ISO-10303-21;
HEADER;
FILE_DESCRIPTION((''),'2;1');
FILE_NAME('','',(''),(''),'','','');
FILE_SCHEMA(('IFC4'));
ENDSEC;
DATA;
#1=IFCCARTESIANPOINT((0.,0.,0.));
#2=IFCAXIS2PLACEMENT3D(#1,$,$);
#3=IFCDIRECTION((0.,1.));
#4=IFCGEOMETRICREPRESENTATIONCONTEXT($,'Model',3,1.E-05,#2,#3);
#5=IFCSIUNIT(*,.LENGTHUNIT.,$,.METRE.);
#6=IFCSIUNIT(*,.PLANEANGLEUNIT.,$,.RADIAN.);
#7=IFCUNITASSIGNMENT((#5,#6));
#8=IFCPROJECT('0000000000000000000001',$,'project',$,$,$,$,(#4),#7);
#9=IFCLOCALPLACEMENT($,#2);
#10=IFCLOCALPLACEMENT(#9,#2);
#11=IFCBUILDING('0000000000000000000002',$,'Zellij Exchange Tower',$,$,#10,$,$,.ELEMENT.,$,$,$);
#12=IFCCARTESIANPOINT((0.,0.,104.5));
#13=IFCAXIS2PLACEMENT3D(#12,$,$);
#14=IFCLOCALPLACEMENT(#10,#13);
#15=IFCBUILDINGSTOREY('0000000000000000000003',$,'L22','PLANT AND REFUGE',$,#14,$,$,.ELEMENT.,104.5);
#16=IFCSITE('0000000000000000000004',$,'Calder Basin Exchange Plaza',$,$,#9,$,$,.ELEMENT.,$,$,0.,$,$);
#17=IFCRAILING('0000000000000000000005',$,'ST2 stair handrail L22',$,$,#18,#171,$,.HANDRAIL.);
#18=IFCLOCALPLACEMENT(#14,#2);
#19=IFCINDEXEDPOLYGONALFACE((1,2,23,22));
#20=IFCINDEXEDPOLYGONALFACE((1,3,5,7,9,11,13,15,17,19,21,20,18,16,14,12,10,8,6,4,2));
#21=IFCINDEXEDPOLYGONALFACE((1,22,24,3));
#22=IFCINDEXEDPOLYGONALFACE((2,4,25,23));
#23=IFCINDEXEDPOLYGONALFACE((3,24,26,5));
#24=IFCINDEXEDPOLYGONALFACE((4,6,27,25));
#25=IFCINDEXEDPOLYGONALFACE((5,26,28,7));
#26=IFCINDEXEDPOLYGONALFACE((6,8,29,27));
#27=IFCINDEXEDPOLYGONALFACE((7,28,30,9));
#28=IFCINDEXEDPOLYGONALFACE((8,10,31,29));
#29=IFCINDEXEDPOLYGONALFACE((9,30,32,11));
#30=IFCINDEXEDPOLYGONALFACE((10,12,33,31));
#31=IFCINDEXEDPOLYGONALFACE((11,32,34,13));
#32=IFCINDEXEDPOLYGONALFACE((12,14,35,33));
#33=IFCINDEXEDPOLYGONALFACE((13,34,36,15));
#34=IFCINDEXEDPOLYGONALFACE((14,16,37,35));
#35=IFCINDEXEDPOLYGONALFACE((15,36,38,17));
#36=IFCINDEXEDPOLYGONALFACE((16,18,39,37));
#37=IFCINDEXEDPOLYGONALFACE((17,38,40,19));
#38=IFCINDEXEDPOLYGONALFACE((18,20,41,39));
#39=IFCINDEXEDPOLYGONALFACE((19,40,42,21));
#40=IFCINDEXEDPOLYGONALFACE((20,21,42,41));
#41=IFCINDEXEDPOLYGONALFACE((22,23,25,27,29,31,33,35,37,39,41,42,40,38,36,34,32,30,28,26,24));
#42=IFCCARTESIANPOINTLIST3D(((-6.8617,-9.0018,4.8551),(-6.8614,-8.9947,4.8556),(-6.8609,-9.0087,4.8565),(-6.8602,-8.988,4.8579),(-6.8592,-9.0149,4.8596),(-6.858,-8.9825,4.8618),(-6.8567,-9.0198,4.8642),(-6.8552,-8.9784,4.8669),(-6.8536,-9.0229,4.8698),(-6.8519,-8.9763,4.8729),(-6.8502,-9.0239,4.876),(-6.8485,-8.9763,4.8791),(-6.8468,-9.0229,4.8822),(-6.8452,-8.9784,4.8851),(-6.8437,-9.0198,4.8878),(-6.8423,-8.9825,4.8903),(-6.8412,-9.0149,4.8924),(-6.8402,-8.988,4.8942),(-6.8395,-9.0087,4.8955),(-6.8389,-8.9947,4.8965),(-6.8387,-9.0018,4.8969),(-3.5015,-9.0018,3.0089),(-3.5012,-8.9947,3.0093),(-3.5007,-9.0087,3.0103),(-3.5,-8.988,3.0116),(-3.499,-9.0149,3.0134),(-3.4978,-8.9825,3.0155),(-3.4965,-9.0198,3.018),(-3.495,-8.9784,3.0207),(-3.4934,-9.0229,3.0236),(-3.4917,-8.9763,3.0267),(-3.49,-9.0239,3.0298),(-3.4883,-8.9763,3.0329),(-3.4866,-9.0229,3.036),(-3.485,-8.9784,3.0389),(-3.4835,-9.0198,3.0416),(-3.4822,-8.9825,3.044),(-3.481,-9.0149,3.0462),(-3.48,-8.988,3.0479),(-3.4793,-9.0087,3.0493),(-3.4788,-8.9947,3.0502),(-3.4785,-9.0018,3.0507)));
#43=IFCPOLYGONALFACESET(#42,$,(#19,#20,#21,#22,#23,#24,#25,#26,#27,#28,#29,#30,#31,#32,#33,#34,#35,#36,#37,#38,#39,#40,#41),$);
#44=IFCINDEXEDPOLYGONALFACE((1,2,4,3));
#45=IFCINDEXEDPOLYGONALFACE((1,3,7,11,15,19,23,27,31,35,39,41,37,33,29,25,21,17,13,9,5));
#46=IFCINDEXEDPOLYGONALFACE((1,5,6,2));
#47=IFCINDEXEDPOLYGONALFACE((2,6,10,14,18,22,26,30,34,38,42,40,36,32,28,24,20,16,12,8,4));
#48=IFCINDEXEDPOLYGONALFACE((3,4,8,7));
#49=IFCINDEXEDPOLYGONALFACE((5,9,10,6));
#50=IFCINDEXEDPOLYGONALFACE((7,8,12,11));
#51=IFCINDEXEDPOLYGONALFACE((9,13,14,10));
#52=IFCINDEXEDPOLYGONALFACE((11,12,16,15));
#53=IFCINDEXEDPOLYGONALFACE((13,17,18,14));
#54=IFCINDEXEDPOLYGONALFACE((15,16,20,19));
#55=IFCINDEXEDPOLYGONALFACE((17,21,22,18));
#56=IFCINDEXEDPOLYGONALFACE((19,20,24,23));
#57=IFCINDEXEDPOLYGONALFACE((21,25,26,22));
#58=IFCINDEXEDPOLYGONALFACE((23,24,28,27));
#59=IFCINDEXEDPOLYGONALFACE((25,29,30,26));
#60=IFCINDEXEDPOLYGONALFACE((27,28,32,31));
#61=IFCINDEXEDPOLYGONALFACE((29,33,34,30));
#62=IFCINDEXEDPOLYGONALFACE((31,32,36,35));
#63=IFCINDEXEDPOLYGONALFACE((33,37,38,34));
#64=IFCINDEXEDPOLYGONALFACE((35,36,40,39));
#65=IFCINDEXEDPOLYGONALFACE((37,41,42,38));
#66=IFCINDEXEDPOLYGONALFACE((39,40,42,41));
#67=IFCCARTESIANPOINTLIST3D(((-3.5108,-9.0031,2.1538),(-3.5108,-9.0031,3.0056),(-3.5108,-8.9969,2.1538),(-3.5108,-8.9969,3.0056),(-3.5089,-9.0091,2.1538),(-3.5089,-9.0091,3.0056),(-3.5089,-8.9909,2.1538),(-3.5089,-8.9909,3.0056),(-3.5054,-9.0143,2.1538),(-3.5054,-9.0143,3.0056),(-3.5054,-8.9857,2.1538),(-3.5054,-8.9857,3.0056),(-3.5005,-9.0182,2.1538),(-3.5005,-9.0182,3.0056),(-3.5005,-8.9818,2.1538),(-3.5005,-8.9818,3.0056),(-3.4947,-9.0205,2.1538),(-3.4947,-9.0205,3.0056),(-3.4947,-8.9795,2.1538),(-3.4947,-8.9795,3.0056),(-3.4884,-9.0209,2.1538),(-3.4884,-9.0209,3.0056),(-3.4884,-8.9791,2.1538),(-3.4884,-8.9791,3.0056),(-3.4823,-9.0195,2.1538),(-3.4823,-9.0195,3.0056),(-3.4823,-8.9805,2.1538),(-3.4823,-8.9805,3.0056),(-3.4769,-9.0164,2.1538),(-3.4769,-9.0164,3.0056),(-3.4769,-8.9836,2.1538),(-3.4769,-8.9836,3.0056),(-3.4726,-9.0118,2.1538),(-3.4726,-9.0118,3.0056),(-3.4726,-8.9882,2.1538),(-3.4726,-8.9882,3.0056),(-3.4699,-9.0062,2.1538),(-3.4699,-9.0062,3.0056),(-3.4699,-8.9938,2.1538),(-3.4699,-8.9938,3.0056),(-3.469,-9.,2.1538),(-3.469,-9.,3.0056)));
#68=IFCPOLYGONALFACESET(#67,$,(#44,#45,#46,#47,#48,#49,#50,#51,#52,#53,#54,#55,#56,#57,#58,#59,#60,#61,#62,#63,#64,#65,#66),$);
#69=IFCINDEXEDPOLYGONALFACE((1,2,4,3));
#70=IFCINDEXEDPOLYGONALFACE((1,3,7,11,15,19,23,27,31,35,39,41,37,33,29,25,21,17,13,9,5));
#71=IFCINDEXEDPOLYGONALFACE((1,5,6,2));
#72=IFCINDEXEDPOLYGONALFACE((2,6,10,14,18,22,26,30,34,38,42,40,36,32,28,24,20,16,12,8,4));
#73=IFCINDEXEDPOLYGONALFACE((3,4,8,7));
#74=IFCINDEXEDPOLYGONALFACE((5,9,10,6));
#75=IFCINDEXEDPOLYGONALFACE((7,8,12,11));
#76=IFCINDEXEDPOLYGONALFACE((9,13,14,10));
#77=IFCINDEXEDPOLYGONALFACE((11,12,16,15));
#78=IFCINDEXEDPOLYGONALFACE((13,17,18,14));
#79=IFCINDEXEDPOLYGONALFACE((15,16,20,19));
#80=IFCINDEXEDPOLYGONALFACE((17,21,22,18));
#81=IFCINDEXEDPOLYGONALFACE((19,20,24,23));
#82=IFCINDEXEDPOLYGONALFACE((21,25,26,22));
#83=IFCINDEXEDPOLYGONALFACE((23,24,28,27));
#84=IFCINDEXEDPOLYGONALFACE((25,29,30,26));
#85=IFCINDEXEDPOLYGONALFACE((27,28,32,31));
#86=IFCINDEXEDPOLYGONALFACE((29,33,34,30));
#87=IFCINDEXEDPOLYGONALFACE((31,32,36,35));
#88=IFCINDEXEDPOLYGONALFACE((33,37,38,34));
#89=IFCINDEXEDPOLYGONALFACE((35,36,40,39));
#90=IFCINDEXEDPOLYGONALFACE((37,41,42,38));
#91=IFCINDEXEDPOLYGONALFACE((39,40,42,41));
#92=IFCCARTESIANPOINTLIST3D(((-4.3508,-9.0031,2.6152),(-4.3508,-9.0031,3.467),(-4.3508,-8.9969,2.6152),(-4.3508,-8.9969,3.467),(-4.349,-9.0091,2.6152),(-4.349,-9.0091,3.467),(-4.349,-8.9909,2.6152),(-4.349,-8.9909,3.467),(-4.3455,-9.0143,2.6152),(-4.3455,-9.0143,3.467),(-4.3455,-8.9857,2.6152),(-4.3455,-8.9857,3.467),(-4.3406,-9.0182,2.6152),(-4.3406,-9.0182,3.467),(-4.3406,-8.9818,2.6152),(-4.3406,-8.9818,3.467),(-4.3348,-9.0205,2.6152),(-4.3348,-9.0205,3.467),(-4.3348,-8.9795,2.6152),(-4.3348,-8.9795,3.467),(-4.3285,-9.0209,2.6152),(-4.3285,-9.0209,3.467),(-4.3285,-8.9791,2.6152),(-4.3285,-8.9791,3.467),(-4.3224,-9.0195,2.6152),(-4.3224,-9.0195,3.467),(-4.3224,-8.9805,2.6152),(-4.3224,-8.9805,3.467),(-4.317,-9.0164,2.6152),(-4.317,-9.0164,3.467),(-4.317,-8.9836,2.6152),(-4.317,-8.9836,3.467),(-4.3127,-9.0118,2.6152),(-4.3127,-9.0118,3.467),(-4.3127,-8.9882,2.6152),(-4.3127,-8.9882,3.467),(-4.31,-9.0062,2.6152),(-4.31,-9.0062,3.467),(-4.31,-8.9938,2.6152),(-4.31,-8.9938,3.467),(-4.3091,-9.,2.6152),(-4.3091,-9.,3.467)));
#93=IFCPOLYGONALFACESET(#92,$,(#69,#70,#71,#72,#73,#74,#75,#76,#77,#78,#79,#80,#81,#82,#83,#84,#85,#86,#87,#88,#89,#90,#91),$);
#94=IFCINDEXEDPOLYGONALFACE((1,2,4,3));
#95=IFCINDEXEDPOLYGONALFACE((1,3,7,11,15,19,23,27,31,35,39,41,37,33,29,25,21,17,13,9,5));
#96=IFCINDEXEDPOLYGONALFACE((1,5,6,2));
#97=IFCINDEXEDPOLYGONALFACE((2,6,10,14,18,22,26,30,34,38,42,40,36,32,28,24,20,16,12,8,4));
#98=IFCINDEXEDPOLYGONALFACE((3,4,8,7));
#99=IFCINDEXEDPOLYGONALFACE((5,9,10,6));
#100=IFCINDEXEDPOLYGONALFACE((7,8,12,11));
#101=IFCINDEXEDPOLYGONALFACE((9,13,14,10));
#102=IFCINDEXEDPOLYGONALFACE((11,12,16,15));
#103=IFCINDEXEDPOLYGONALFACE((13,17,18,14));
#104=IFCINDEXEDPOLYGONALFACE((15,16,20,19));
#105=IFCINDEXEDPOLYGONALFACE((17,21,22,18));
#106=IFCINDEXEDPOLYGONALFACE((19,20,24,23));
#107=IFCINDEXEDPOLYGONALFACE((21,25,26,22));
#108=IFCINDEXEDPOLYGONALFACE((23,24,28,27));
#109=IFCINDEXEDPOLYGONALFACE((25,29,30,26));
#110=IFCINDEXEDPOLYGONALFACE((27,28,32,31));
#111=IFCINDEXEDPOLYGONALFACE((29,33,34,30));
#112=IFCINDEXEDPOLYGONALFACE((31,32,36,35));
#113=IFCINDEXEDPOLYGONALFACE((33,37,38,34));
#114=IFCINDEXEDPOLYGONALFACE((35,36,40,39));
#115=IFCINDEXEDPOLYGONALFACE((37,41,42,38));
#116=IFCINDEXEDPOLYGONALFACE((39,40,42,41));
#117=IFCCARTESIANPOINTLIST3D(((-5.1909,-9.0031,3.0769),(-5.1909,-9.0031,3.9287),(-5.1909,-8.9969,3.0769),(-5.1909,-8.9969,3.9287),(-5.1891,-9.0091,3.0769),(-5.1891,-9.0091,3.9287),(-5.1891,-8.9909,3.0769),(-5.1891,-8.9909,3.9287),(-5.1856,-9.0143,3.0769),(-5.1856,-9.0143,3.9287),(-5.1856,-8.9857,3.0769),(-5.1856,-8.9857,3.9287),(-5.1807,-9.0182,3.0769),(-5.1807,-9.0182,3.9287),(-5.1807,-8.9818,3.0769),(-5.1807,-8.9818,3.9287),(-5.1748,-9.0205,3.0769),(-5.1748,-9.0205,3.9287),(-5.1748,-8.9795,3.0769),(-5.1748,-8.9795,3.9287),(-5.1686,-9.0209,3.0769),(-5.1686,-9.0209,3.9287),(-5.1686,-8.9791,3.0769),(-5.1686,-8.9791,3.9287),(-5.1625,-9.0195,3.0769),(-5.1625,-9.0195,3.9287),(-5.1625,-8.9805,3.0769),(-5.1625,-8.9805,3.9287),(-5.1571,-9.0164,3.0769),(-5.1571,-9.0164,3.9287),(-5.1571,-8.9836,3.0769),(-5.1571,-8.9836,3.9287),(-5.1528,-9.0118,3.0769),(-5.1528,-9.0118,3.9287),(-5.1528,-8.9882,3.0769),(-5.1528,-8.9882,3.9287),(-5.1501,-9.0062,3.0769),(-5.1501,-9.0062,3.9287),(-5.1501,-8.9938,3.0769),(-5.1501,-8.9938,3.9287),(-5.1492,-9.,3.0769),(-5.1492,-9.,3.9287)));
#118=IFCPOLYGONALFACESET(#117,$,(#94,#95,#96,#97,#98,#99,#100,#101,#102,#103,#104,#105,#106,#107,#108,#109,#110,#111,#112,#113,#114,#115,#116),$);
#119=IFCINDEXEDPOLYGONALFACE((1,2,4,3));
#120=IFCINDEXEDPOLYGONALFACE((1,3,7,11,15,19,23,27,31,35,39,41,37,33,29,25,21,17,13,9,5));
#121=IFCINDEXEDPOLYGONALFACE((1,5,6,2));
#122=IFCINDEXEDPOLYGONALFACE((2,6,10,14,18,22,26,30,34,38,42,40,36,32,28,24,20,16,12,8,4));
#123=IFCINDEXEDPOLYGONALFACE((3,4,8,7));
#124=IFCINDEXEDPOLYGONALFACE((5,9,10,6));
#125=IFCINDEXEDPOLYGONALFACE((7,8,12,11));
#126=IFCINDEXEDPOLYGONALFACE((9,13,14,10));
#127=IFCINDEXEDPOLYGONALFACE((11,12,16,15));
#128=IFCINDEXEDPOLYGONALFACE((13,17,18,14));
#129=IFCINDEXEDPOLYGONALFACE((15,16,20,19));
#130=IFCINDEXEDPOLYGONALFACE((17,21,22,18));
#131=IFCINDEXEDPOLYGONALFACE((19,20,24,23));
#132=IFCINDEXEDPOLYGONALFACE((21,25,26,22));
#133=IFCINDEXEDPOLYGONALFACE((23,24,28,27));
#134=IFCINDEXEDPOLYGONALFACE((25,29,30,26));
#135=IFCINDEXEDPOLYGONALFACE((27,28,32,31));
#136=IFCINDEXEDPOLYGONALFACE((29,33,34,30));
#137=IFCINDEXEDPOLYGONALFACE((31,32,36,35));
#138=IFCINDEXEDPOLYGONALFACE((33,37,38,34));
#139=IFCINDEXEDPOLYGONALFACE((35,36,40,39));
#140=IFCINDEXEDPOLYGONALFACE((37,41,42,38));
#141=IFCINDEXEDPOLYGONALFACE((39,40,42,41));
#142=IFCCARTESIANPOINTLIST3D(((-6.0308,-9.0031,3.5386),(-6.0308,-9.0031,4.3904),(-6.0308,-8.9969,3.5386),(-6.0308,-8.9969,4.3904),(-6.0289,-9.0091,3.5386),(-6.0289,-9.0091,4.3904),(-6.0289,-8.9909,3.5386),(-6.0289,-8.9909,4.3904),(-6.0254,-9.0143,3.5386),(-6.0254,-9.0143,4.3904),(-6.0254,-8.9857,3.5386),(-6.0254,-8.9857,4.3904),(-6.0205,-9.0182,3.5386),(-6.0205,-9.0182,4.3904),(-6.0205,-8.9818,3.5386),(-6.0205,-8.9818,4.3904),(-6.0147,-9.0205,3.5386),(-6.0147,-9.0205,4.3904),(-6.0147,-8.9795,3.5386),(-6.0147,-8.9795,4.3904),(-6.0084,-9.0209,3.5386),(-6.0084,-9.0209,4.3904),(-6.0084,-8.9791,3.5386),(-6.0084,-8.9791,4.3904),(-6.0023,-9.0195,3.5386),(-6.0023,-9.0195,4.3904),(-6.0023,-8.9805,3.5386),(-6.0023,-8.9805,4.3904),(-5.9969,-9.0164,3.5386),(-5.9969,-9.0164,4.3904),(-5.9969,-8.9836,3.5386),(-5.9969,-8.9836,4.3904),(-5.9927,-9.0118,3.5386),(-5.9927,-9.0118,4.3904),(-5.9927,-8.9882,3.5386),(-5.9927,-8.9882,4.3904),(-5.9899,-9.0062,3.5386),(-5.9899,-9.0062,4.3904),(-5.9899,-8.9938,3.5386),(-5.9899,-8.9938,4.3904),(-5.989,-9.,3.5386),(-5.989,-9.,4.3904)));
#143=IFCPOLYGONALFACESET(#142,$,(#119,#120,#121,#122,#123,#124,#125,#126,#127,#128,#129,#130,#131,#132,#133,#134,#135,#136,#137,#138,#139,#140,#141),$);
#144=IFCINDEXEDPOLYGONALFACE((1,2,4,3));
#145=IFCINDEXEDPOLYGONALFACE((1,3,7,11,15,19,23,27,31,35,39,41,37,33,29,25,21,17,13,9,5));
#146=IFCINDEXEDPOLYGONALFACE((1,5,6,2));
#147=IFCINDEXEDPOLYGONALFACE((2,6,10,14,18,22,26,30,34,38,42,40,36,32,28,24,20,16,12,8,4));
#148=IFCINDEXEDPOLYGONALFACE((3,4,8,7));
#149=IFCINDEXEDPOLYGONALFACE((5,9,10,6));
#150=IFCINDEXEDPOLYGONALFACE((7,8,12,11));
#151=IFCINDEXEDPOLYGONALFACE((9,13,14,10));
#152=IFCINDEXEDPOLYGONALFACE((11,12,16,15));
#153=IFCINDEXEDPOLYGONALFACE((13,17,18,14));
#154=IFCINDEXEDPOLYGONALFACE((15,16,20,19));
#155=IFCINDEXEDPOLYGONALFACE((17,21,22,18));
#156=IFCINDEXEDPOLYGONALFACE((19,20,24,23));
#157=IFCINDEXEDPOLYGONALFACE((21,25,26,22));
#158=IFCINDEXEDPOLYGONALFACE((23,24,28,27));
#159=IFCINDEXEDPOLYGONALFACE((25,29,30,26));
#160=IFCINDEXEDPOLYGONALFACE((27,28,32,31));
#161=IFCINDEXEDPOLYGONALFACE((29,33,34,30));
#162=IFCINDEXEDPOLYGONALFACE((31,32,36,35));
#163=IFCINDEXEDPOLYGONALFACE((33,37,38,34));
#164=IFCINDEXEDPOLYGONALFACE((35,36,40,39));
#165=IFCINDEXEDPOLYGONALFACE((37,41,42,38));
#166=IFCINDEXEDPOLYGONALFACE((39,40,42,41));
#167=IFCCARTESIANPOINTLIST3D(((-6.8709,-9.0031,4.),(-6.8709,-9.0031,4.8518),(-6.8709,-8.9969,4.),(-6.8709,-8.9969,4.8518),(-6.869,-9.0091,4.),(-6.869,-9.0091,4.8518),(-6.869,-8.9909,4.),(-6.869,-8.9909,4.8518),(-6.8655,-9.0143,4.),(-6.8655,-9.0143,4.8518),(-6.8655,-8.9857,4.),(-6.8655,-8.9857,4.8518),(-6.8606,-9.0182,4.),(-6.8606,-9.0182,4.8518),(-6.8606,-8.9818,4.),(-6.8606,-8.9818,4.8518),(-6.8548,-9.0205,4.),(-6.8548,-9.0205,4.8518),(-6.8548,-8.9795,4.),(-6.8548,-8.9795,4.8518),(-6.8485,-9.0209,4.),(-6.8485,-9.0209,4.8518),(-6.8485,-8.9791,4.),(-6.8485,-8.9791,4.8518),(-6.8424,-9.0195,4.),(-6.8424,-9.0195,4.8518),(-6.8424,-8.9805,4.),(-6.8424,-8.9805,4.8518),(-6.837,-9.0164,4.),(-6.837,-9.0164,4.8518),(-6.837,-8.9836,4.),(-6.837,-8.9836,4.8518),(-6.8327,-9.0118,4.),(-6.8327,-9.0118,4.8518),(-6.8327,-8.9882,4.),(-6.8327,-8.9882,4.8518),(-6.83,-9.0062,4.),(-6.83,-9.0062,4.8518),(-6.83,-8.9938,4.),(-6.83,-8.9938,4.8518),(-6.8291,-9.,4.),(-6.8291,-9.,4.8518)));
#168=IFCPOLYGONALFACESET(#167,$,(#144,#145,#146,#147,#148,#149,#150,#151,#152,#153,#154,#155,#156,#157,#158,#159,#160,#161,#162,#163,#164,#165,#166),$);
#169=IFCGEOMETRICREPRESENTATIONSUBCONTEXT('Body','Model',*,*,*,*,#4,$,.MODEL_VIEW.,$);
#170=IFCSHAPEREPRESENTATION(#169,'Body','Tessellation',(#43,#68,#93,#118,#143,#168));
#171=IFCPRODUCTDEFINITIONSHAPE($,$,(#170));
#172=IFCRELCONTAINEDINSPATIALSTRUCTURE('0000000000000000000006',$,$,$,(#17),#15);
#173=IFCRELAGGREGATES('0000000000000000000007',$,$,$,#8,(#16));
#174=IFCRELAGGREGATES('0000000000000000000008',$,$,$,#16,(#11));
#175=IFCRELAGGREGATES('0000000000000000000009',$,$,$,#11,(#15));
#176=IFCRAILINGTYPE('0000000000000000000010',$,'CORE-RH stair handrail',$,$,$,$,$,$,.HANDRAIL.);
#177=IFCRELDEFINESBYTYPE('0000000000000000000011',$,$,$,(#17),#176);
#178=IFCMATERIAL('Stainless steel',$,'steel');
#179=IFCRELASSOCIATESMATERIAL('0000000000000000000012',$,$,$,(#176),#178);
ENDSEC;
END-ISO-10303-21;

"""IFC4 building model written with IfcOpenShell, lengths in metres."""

from ifc_helpers import new_model, si_unit, direction, frame, origin, origin_2d, place, context, subcontext, project, spatial, circle, extrude, material, type_object, element, save


model = new_model("IFC4")

# Units and contexts
model_context = context("Model", 3, precision=1e-05, world=origin(), true_north=direction((0.0, 1.0)))
body_context = subcontext(model_context, "Body", "Model", "MODEL_VIEW")
ifc_project = project(units=[si_unit("LENGTHUNIT", "METRE"), si_unit("PLANEANGLEUNIT", "RADIAN")], contexts=[model_context])

# Site, building, storey
site_placement = place(None, origin())
site = spatial("IfcSite", under=ifc_project, at=site_placement, Name="Calder Basin Exchange Plaza", CompositionType="ELEMENT", RefElevation=0.0)
building_placement = place(site_placement, origin())
building = spatial("IfcBuilding", under=site, at=building_placement, Name="Zellij Exchange Tower", CompositionType="ELEMENT")
storey_placement = place(building_placement, frame((0.0, 0.0, 104.5)))
storey = spatial("IfcBuildingStorey", under=building, at=storey_placement, Name="L22", Description="PLANT AND REFUGE", CompositionType="ELEMENT", Elevation=104.5)

# Railing
ifc_material_1 = material(Name="Stainless steel", Category="steel")
railing_type_1 = type_object("IfcRailingType", Name="CORE-RH stair handrail", PredefinedType="HANDRAIL", material=ifc_material_1)
for number, where, name in (
    (1, (-3.49, -9.0, 2.1538), "ST2 stair handrail L22"),
):
    element("IfcRailing", number, at=place(storey_placement, frame(where)), inside=storey, type_object=railing_type_1, Name=name, PredefinedType="HANDRAIL", context=body_context, shape_type="SweptSolid", body=[
        extrude(circle(Radius=0.0239, at=origin_2d()), frame((0.0, 0.0, 0.876), z_axis=(-0.876422, 0.0, 0.481545), x_axis=(0.0, -1.0, 0.0)), (0.0, 0.0, 1.0), 3.834),
        extrude(circle(Radius=0.021, at=origin_2d()), origin(), (0.0, 0.0, 1.0), 0.8518),
        extrude(circle(Radius=0.021, at=origin_2d()), frame((-0.8401, 0.0, 0.4614)), (0.0, 0.0, 1.0), 0.8518),
        extrude(circle(Radius=0.021, at=origin_2d()), frame((-1.6802, 0.0, 0.9231)), (0.0, 0.0, 1.0), 0.8518),
        extrude(circle(Radius=0.021, at=origin_2d()), frame((-2.52, 0.0, 1.3848)), (0.0, 0.0, 1.0), 0.8518),
        extrude(circle(Radius=0.021, at=origin_2d()), frame((-3.3601, 0.0, 1.8462)), (0.0, 0.0, 1.0), 0.8518),
    ])

save(model, "model.ifc")
